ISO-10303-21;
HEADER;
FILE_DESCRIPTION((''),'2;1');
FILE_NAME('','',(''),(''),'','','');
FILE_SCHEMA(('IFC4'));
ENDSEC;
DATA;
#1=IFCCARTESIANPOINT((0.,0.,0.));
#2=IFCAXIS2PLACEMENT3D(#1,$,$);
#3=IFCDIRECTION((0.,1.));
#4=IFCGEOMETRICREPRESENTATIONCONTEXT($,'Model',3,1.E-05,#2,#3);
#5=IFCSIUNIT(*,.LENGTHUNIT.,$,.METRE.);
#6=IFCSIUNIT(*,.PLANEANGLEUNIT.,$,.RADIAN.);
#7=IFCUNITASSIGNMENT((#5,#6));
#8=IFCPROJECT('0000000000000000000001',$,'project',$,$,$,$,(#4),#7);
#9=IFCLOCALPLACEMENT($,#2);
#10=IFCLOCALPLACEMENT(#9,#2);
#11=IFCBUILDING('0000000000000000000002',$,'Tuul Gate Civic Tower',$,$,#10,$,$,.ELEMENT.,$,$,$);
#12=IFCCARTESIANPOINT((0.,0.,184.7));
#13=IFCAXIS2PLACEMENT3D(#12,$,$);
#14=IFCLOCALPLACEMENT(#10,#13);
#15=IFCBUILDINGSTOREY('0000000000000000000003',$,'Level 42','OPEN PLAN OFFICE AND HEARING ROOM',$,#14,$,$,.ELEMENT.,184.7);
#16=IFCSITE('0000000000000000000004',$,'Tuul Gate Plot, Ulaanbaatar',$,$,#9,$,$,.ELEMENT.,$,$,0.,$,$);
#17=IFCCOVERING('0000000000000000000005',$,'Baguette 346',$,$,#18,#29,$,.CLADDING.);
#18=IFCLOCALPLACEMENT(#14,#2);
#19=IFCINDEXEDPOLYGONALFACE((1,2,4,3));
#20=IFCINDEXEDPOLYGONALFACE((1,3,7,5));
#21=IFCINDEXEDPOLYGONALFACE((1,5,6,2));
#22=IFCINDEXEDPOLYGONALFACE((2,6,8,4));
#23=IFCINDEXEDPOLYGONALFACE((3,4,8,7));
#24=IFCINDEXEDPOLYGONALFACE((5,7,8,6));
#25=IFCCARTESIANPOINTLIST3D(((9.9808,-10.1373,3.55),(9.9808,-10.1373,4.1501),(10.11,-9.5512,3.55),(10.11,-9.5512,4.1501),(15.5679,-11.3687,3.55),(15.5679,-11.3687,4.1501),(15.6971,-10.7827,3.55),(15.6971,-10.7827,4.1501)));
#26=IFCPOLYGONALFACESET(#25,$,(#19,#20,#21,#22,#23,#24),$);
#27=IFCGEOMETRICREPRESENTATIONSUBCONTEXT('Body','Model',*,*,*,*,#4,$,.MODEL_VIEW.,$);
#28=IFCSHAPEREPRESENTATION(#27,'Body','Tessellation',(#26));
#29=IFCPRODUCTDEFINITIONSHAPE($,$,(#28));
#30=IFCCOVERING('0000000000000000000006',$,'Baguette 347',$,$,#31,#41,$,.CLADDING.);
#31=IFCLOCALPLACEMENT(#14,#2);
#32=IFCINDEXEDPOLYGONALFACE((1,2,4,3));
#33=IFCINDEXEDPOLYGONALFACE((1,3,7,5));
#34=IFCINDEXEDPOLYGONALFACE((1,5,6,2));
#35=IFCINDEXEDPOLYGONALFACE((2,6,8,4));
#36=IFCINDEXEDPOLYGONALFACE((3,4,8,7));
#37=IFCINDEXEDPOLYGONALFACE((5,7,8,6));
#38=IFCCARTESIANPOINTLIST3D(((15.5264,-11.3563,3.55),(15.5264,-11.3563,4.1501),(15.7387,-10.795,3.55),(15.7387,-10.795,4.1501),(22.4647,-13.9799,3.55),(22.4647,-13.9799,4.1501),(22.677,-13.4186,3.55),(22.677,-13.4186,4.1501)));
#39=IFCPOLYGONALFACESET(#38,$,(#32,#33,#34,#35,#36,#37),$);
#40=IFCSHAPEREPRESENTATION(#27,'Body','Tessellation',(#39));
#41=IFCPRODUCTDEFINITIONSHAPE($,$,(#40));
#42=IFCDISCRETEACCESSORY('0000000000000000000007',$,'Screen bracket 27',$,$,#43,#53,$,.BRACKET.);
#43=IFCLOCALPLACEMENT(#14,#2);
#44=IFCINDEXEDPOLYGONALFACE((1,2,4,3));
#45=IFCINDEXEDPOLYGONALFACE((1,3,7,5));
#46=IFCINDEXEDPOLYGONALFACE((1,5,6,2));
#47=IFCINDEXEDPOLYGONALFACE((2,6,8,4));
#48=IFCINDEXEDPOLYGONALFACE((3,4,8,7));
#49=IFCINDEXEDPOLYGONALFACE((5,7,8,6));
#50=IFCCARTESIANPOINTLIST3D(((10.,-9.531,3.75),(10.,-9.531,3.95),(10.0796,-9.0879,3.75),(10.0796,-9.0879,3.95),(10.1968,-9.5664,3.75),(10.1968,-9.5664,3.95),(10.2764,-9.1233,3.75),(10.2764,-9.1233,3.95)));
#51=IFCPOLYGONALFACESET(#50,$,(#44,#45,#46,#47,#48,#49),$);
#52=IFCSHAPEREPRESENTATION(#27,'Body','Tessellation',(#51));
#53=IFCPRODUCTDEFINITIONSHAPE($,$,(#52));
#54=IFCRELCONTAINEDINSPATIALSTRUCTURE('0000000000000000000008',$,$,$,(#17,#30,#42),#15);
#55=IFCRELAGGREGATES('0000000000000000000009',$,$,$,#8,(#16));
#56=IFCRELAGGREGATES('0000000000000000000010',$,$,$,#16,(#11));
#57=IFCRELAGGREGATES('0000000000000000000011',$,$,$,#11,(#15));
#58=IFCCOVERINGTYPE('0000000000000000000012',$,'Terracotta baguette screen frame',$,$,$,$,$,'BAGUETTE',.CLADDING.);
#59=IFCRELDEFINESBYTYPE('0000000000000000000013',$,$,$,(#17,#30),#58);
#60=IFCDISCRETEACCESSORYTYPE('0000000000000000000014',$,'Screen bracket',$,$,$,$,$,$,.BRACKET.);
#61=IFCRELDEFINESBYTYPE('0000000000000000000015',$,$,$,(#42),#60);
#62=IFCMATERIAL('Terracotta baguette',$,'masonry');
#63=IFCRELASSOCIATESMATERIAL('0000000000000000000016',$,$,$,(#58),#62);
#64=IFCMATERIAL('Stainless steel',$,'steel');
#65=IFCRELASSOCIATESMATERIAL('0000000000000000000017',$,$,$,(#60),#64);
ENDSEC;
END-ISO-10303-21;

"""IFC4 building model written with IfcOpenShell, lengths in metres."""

from ifc_helpers import new_model, si_unit, direction, frame, origin, origin_2d, place, context, subcontext, project, spatial, rectangle, extrude, material, material_profile, profile_set, type_object, element, save


model = new_model("IFC4")

# Units and contexts
model_context = context("Model", 3, precision=1e-05, world=origin(), true_north=direction((0.0, 1.0)))
body_context = subcontext(model_context, "Body", "Model", "MODEL_VIEW")
ifc_project = project(units=[si_unit("LENGTHUNIT", "METRE"), si_unit("PLANEANGLEUNIT", "RADIAN")], contexts=[model_context])

# Site, building, storey
site_placement = place(None, origin())
site = spatial("IfcSite", under=ifc_project, at=site_placement, Name="Tuul Gate Plot, Ulaanbaatar", CompositionType="ELEMENT", RefElevation=0.0)
building_placement = place(site_placement, origin())
building = spatial("IfcBuilding", under=site, at=building_placement, Name="Tuul Gate Civic Tower", CompositionType="ELEMENT")
storey_placement = place(building_placement, frame((0.0, 0.0, 184.7)))
storey = spatial("IfcBuildingStorey", under=building, at=storey_placement, Name="Level 42", Description="OPEN PLAN OFFICE AND HEARING ROOM", CompositionType="ELEMENT", Elevation=184.7)

# Coverings
ifc_material_1 = material(Name="Terracotta baguette", Category="masonry")
ifc_material_profile_1 = material_profile(ifc_material_1, rectangle(XDim=0.6001, YDim=0.6001, at=origin_2d()), Name="Terracotta baguette screen frame")
ifc_profile_set_1 = profile_set([ifc_material_profile_1], Name="Terracotta baguette")
covering_type = type_object("IfcCoveringType", Name="Terracotta baguette screen frame", ElementType="BAGUETTE", PredefinedType="CLADDING", material=ifc_profile_set_1)
covering_1_placement = place(storey_placement, frame((10.0454, -9.8442, 3.8501), z_axis=(0.976561, -0.21524, 0.0), x_axis=(0.21524, 0.976561, 0.0)))
element("IfcCovering", 1, at=covering_1_placement, inside=storey, type_object=covering_type, Name="Baguette 346", PredefinedType="CLADDING", context=body_context, shape_type="SweptSolid", body=[
    extrude(rectangle(XDim=0.6001, YDim=0.6001, at=origin_2d()), origin(), (0.0, 0.0, 1.0), 5.7212),
])
covering_2_placement = place(storey_placement, frame((15.6326, -11.0757, 3.8501), z_axis=(0.935364, -0.353687, 0.0), x_axis=(0.353687, 0.935364, 0.0)))
element("IfcCovering", 2, at=covering_2_placement, inside=storey, type_object=covering_type, Name="Baguette 347", PredefinedType="CLADDING", context=body_context, shape_type="SweptSolid", body=[
    extrude(rectangle(XDim=0.6001, YDim=0.6001, at=origin_2d()), origin(), (0.0, 0.0, 1.0), 7.4177),
])

# Discrete accessory
ifc_material_2 = material(Name="Stainless steel", Category="steel")
discrete_accessory_type = type_object("IfcDiscreteAccessoryType", Name="Screen bracket", PredefinedType="BRACKET", material=ifc_material_2)
discrete_accessory_placement = place(storey_placement, frame((10.1382, -9.3271, 3.75), z_axis=(0.0, 0.0, 1.0), x_axis=(-0.176726, -0.98426, 0.0)))
element("IfcDiscreteAccessory", 3, at=discrete_accessory_placement, inside=storey, type_object=discrete_accessory_type, Name="Screen bracket 27", PredefinedType="BRACKET", context=body_context, shape_type="SweptSolid", body=[
    extrude(rectangle(XDim=0.4502, YDim=0.2, at=origin_2d()), origin(), (0.0, 0.0, 1.0), 0.2),
])

save(model, "model.ifc")
